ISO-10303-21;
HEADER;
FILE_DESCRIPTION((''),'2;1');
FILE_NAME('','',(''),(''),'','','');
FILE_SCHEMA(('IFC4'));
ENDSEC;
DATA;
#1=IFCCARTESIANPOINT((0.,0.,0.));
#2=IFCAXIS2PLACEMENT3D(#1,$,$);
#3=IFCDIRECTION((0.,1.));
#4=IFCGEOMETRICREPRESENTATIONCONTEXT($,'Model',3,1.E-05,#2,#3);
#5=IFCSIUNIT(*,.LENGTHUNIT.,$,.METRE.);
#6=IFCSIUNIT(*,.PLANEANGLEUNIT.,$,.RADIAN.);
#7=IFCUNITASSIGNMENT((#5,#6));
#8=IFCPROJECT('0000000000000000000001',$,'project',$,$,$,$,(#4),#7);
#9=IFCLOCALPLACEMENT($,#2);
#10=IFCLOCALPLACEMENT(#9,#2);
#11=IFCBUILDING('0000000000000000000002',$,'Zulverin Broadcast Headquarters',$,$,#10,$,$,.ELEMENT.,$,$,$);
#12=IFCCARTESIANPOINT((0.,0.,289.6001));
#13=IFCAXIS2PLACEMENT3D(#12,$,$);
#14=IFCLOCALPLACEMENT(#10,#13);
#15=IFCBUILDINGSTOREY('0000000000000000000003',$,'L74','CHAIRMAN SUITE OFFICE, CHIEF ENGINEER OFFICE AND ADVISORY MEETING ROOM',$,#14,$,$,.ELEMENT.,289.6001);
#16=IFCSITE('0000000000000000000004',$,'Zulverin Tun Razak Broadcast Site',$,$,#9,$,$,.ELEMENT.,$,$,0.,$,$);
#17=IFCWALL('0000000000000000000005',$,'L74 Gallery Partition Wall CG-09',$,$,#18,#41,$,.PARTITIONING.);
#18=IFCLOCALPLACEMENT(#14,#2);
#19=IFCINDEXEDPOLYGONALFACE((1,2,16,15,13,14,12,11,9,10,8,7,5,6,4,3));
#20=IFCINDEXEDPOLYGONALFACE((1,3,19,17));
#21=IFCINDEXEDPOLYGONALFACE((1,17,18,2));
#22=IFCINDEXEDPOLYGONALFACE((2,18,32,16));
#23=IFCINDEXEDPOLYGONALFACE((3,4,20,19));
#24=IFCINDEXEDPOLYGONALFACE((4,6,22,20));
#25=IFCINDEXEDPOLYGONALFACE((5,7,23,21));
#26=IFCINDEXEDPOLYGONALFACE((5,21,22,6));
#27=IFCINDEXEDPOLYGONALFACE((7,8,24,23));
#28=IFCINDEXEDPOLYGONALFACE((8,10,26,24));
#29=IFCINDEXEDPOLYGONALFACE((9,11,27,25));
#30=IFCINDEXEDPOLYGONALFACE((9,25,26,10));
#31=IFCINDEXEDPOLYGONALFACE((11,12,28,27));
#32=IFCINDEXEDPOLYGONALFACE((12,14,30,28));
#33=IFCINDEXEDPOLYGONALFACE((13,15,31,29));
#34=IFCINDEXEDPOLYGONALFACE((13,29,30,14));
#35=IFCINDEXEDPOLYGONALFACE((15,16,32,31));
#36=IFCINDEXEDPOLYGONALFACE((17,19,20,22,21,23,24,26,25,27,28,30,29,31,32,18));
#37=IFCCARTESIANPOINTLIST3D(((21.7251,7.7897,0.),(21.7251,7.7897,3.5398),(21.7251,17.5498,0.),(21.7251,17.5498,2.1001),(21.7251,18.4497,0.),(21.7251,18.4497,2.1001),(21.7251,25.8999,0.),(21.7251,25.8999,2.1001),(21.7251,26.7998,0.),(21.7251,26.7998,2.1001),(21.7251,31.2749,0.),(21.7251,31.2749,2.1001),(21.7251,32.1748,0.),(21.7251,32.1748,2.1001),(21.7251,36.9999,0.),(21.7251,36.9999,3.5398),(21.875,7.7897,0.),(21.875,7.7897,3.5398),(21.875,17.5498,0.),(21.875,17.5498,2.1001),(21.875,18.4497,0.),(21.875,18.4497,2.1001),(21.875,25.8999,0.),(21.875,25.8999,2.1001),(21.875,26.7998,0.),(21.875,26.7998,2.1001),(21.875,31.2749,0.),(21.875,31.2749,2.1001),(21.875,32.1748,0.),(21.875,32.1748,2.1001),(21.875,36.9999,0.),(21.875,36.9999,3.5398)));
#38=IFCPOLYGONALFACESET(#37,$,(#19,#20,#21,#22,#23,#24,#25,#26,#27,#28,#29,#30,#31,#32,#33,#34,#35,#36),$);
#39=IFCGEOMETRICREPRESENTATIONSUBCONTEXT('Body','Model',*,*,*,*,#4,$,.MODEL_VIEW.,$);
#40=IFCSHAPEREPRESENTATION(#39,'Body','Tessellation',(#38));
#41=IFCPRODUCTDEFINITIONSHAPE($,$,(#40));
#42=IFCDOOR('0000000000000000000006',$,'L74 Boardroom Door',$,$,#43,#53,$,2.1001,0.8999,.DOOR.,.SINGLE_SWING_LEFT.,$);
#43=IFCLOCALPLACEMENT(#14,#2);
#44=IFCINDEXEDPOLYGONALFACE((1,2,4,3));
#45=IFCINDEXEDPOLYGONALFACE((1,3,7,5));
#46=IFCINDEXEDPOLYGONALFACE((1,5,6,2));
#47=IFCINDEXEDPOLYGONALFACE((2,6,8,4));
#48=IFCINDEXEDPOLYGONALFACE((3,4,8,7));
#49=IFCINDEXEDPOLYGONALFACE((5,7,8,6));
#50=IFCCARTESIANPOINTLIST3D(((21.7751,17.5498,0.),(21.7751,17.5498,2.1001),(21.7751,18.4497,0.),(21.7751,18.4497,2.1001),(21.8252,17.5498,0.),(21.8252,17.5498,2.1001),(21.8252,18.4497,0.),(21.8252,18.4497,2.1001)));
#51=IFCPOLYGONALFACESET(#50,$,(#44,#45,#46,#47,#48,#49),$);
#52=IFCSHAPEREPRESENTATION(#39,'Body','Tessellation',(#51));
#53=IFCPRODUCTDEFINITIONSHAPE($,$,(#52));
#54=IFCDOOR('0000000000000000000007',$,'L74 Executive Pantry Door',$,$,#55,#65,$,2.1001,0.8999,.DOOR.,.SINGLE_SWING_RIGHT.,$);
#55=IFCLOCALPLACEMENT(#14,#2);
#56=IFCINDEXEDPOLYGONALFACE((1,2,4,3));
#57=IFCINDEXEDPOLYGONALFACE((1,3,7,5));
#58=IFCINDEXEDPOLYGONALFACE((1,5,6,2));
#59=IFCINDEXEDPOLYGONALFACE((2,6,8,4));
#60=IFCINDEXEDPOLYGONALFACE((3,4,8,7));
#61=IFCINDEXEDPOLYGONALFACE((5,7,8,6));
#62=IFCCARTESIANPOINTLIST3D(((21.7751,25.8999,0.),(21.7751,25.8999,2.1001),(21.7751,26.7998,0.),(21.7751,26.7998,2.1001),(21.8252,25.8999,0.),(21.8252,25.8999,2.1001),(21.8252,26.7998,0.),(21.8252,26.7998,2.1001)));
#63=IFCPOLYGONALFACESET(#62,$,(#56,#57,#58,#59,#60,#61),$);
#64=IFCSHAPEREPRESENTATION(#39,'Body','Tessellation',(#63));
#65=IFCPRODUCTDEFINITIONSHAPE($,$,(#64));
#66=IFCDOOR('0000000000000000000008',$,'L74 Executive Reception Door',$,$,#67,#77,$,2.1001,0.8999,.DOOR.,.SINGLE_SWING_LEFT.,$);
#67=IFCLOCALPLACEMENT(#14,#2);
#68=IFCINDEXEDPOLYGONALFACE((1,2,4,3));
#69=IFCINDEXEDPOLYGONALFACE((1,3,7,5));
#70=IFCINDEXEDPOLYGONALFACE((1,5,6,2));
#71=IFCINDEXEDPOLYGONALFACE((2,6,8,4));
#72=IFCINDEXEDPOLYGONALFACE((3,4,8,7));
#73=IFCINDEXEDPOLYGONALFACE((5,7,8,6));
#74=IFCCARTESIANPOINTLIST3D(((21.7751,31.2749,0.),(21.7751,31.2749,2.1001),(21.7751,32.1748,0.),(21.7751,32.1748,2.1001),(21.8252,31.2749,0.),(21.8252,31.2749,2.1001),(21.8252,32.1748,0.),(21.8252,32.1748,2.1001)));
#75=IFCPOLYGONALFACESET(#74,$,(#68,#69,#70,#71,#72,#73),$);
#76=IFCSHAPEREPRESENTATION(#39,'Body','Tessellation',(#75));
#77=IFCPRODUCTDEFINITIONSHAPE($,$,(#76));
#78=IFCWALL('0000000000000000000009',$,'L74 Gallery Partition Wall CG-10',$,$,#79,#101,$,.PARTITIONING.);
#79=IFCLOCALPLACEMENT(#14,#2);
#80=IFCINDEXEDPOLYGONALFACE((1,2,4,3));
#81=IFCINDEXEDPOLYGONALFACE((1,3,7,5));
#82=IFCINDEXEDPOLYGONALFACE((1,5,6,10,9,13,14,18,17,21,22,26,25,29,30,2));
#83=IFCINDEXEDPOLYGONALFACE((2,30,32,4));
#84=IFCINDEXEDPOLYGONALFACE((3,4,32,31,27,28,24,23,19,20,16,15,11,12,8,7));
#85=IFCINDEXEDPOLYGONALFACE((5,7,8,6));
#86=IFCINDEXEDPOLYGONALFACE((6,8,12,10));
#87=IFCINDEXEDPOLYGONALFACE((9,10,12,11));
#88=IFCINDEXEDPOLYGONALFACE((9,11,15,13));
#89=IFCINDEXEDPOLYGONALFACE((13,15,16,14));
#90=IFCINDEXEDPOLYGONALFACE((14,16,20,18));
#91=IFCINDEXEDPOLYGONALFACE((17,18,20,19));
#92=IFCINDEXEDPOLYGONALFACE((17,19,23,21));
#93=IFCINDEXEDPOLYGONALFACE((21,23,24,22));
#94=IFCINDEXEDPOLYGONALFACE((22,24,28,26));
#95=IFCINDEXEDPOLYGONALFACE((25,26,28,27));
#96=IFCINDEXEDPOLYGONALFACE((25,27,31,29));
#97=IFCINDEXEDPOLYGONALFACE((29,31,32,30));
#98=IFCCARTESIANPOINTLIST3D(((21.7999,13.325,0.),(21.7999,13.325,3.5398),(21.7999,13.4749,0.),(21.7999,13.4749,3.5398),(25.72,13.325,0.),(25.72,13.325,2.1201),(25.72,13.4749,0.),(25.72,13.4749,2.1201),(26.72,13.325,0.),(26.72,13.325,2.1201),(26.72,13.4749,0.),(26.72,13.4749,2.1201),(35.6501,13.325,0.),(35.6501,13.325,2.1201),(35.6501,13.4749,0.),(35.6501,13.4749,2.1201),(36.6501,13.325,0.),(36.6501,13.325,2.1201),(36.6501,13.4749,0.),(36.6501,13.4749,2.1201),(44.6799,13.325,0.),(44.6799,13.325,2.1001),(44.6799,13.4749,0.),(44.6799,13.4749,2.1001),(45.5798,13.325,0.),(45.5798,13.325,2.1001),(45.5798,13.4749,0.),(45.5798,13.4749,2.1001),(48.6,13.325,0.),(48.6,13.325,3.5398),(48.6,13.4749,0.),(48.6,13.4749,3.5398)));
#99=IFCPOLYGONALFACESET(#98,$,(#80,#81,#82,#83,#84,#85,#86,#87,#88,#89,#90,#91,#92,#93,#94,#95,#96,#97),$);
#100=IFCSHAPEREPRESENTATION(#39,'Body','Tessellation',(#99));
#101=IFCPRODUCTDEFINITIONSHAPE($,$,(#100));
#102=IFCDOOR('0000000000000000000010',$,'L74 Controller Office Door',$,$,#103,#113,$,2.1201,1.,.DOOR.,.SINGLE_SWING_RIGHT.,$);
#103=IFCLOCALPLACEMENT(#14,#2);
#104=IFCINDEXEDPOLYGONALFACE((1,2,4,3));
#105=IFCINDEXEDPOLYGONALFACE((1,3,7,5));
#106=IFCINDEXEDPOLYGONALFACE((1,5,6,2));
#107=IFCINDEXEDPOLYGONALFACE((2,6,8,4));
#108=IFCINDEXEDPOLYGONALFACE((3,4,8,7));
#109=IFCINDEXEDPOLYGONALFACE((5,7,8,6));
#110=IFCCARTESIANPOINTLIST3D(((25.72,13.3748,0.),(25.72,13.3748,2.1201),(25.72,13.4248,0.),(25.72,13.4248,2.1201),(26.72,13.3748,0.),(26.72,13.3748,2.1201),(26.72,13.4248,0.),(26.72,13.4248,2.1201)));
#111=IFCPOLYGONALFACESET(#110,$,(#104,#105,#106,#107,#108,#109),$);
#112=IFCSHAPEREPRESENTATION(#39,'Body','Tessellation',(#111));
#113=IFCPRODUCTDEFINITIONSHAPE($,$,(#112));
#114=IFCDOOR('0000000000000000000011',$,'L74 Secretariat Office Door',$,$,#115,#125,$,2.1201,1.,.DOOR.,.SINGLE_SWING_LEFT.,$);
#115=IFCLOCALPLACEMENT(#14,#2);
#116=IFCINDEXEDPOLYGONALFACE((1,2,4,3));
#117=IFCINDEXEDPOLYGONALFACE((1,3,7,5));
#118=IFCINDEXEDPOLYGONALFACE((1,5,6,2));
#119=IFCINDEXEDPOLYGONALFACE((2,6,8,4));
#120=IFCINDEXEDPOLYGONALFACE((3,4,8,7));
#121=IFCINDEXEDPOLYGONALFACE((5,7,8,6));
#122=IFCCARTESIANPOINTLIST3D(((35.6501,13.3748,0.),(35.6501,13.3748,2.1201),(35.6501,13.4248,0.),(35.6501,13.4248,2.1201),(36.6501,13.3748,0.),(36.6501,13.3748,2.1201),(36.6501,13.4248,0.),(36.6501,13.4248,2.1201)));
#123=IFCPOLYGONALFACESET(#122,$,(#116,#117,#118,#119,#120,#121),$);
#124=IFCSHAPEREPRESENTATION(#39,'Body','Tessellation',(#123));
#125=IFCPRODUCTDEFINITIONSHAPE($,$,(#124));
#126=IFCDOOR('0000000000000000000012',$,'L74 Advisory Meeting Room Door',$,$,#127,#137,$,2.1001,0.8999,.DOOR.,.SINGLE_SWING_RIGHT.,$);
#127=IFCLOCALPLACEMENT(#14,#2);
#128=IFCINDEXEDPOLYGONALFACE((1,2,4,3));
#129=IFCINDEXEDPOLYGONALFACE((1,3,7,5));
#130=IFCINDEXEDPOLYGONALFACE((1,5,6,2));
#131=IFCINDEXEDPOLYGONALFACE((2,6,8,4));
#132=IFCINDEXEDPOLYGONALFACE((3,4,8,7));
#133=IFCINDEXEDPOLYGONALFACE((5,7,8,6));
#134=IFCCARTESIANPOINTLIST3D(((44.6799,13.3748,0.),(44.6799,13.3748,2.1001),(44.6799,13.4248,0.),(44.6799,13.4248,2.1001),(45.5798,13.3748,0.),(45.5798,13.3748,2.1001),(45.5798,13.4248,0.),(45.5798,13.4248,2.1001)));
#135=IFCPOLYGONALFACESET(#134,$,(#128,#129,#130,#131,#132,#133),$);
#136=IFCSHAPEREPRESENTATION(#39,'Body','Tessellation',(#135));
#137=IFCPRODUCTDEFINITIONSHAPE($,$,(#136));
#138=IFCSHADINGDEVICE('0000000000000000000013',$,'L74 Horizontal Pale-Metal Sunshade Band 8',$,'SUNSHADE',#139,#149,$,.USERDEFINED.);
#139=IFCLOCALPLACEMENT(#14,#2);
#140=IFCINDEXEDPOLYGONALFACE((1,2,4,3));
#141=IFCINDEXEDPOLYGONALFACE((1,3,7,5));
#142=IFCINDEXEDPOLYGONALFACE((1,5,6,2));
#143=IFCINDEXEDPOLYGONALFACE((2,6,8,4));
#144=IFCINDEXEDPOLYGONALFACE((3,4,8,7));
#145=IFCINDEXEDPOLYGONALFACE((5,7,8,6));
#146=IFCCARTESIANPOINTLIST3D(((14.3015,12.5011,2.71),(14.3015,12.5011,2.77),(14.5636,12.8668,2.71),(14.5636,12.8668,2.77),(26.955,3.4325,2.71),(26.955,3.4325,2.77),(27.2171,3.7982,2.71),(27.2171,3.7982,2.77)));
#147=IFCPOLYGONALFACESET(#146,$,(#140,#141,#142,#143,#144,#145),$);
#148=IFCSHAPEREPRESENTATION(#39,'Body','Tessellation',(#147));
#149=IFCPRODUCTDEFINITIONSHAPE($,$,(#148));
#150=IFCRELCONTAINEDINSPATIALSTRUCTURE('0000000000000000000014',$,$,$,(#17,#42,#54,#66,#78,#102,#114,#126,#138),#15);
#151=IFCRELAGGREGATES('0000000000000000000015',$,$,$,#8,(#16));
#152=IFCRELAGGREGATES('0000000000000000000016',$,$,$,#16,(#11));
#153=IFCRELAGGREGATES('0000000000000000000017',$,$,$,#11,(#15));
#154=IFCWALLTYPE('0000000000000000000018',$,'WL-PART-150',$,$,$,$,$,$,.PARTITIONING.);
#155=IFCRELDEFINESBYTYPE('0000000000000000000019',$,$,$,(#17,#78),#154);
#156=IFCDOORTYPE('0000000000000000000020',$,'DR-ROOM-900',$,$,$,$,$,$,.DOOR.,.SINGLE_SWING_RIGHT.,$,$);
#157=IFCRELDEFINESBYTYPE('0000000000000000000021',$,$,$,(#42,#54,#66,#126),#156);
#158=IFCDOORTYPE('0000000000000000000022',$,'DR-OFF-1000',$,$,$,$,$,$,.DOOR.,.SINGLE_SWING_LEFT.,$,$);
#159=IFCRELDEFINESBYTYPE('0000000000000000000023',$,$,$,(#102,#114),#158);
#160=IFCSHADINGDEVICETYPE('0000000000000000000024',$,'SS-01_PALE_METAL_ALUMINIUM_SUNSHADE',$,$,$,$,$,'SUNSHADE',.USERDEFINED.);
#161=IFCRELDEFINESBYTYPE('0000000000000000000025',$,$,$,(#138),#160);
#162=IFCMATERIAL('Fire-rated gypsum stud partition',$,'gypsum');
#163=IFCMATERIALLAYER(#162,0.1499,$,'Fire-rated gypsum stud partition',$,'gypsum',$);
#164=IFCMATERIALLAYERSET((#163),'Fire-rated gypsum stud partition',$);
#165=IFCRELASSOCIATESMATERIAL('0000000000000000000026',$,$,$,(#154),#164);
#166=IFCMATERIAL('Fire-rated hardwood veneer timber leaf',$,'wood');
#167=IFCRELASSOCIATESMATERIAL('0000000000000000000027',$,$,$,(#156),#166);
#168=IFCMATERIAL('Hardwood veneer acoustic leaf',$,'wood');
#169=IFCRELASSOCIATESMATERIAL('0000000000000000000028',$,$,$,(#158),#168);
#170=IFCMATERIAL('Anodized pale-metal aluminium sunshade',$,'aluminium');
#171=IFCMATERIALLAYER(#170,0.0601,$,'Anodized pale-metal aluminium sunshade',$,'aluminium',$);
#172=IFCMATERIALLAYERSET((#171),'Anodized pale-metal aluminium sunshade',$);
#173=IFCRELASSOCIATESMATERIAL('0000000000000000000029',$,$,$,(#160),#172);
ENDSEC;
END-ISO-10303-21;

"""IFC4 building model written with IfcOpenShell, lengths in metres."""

from ifc_helpers import new_model, si_unit, direction, frame, frame_2d, origin, origin_2d, place, context, subcontext, project, spatial, rectangle, extrude, material, layer, layer_set, type_object, element, fill, save


model = new_model("IFC4")

# Units and contexts
model_context = context("Model", 3, precision=1e-05, world=origin(), true_north=direction((0.0, 1.0)))
body_context = subcontext(model_context, "Body", "Model", "MODEL_VIEW")
ifc_project = project(units=[si_unit("LENGTHUNIT", "METRE"), si_unit("PLANEANGLEUNIT", "RADIAN")], contexts=[model_context])

# Site, building, storey
site_placement = place(None, origin())
site = spatial("IfcSite", under=ifc_project, at=site_placement, Name="Zulverin Tun Razak Broadcast Site", CompositionType="ELEMENT", RefElevation=0.0)
building_placement = place(site_placement, origin())
building = spatial("IfcBuilding", under=site, at=building_placement, Name="Zulverin Broadcast Headquarters", CompositionType="ELEMENT")
storey_placement = place(building_placement, frame((0.0, 0.0, 289.6001)))
storey = spatial("IfcBuildingStorey", under=building, at=storey_placement, Name="L74", Description="CHAIRMAN SUITE OFFICE, CHIEF ENGINEER OFFICE AND ADVISORY MEETING ROOM", CompositionType="ELEMENT", Elevation=289.6001)

# Walls, openings, doors
ifc_material_1 = material(Name="Fire-rated gypsum stud partition", Category="gypsum")
ifc_layer_1 = layer(ifc_material_1, 0.1499, Name="Fire-rated gypsum stud partition", Category="gypsum")
ifc_layer_set_1 = layer_set([ifc_layer_1], Name="Fire-rated gypsum stud partition")
wall_type_1 = type_object("IfcWallType", Name="WL-PART-150", PredefinedType="PARTITIONING", material=ifc_layer_set_1)
wall_1_placement = place(storey_placement, frame((21.8, 7.7898, 0.0), z_axis=(0.0, 0.0, 1.0), x_axis=(0.0, 1.0, 0.0)))
wall_1 = element("IfcWall", 1, at=wall_1_placement, inside=storey, type_object=wall_type_1, Name="L74 Gallery Partition Wall CG-09", PredefinedType="PARTITIONING", context=body_context, shape_type="SweptSolid", body=[
    extrude(rectangle(XDim=29.2102, YDim=0.1499, at=frame_2d((14.605, 0.0))), origin(), (0.0, 0.0, 1.0), 3.5398),
])
opening_1_placement = place(wall_1_placement, frame((9.76, 0.0, 0.0)))
opening_1 = element("IfcOpeningElement", 2, at=opening_1_placement, cuts=wall_1, PredefinedType="OPENING", context=body_context, shape_type="SweptSolid", body=[
    extrude(rectangle(XDim=0.8999, YDim=2.1001, at=frame_2d((0.45, 1.05))), frame((0.0, 0.085, 0.0), z_axis=(0.0, -1.0, 0.0), x_axis=(1.0, 0.0, 0.0)), (0.0, 0.0, 1.0), 0.1699),
])
opening_2_placement = place(wall_1_placement, frame((18.1101, 0.0, 0.0)))
opening_2 = element("IfcOpeningElement", 3, at=opening_2_placement, cuts=wall_1, PredefinedType="OPENING", context=body_context, shape_type="SweptSolid", body=[
    extrude(rectangle(XDim=0.8999, YDim=2.1001, at=frame_2d((0.45, 1.05))), frame((0.0, 0.085, 0.0), z_axis=(0.0, -1.0, 0.0), x_axis=(1.0, 0.0, 0.0)), (0.0, 0.0, 1.0), 0.1699),
])
opening_3_placement = place(wall_1_placement, frame((23.4851, 0.0, 0.0)))
opening_3 = element("IfcOpeningElement", 4, at=opening_3_placement, cuts=wall_1, PredefinedType="OPENING", context=body_context, shape_type="SweptSolid", body=[
    extrude(rectangle(XDim=0.8999, YDim=2.1001, at=frame_2d((0.45, 1.05))), frame((0.0, 0.085, 0.0), z_axis=(0.0, -1.0, 0.0), x_axis=(1.0, 0.0, 0.0)), (0.0, 0.0, 1.0), 0.1699),
])
ifc_material_2 = material(Name="Fire-rated hardwood veneer timber leaf", Category="wood")
door_type_1 = type_object("IfcDoorType", Name="DR-ROOM-900", OperationType="SINGLE_SWING_RIGHT", PredefinedType="DOOR", material=ifc_material_2)
door_1_placement = place(opening_1_placement, origin())
door_1 = element("IfcDoor", 5, at=door_1_placement, inside=storey, type_object=door_type_1, Name="L74 Boardroom Door", OperationType="SINGLE_SWING_LEFT", OverallHeight=2.1001, OverallWidth=0.8999, PredefinedType="DOOR", context=body_context, shape_type="SweptSolid", body=[
    extrude(rectangle(XDim=0.8999, YDim=2.1001, at=frame_2d((0.45, 1.05))), frame((0.0, 0.0249, 0.0), z_axis=(0.0, -1.0, 0.0), x_axis=(1.0, 0.0, 0.0)), (0.0, 0.0, 1.0), 0.05),
])
fill(opening_1, door_1)
door_2_placement = place(opening_2_placement, origin())
door_2 = element("IfcDoor", 6, at=door_2_placement, inside=storey, type_object=door_type_1, Name="L74 Executive Pantry Door", OperationType="SINGLE_SWING_RIGHT", OverallHeight=2.1001, OverallWidth=0.8999, PredefinedType="DOOR", context=body_context, shape_type="SweptSolid", body=[
    extrude(rectangle(XDim=0.8999, YDim=2.1001, at=frame_2d((0.45, 1.05))), frame((0.0, 0.0249, 0.0), z_axis=(0.0, -1.0, 0.0), x_axis=(1.0, 0.0, 0.0)), (0.0, 0.0, 1.0), 0.05),
])
fill(opening_2, door_2)
door_3_placement = place(opening_3_placement, origin())
door_3 = element("IfcDoor", 7, at=door_3_placement, inside=storey, type_object=door_type_1, Name="L74 Executive Reception Door", OperationType="SINGLE_SWING_LEFT", OverallHeight=2.1001, OverallWidth=0.8999, PredefinedType="DOOR", context=body_context, shape_type="SweptSolid", body=[
    extrude(rectangle(XDim=0.8999, YDim=2.1001, at=frame_2d((0.45, 1.05))), frame((0.0, 0.0249, 0.0), z_axis=(0.0, -1.0, 0.0), x_axis=(1.0, 0.0, 0.0)), (0.0, 0.0, 1.0), 0.05),
])
fill(opening_3, door_3)
wall_2_placement = place(storey_placement, frame((21.8, 13.3999, 0.0), z_axis=(0.0, 0.0, 1.0), x_axis=(1.0, 0.0, 0.0)))
wall_2 = element("IfcWall", 8, at=wall_2_placement, inside=storey, type_object=wall_type_1, Name="L74 Gallery Partition Wall CG-10", PredefinedType="PARTITIONING", context=body_context, shape_type="SweptSolid", body=[
    extrude(rectangle(XDim=26.8, YDim=0.1499, at=frame_2d((13.3999, 0.0))), origin(), (0.0, 0.0, 1.0), 3.5398),
])
opening_4_placement = place(wall_2_placement, frame((3.9199, 0.0, 0.0)))
opening_4 = element("IfcOpeningElement", 9, at=opening_4_placement, cuts=wall_2, PredefinedType="OPENING", context=body_context, shape_type="SweptSolid", body=[
    extrude(rectangle(XDim=1.0, YDim=2.1201, at=frame_2d((0.5, 1.0601))), frame((0.0, 0.085, 0.0), z_axis=(0.0, -1.0, 0.0), x_axis=(1.0, 0.0, 0.0)), (0.0, 0.0, 1.0), 0.1699),
])
opening_5_placement = place(wall_2_placement, frame((13.8501, 0.0, 0.0)))
opening_5 = element("IfcOpeningElement", 10, at=opening_5_placement, cuts=wall_2, PredefinedType="OPENING", context=body_context, shape_type="SweptSolid", body=[
    extrude(rectangle(XDim=1.0, YDim=2.1201, at=frame_2d((0.5, 1.0601))), frame((0.0, 0.085, 0.0), z_axis=(0.0, -1.0, 0.0), x_axis=(1.0, 0.0, 0.0)), (0.0, 0.0, 1.0), 0.1699),
])
opening_6_placement = place(wall_2_placement, frame((22.8799, 0.0, 0.0)))
opening_6 = element("IfcOpeningElement", 11, at=opening_6_placement, cuts=wall_2, PredefinedType="OPENING", context=body_context, shape_type="SweptSolid", body=[
    extrude(rectangle(XDim=0.8999, YDim=2.1001, at=frame_2d((0.45, 1.05))), frame((0.0, 0.085, 0.0), z_axis=(0.0, -1.0, 0.0), x_axis=(1.0, 0.0, 0.0)), (0.0, 0.0, 1.0), 0.1699),
])
ifc_material_3 = material(Name="Hardwood veneer acoustic leaf", Category="wood")
door_type_2 = type_object("IfcDoorType", Name="DR-OFF-1000", OperationType="SINGLE_SWING_LEFT", PredefinedType="DOOR", material=ifc_material_3)
door_4_placement = place(opening_4_placement, origin())
door_4 = element("IfcDoor", 12, at=door_4_placement, inside=storey, type_object=door_type_2, Name="L74 Controller Office Door", OperationType="SINGLE_SWING_RIGHT", OverallHeight=2.1201, OverallWidth=1.0, PredefinedType="DOOR", context=body_context, shape_type="SweptSolid", body=[
    extrude(rectangle(XDim=1.0, YDim=2.1201, at=frame_2d((0.5, 1.0601))), frame((0.0, 0.0249, 0.0), z_axis=(0.0, -1.0, 0.0), x_axis=(1.0, 0.0, 0.0)), (0.0, 0.0, 1.0), 0.05),
])
fill(opening_4, door_4)
door_5_placement = place(opening_5_placement, origin())
door_5 = element("IfcDoor", 13, at=door_5_placement, inside=storey, type_object=door_type_2, Name="L74 Secretariat Office Door", OperationType="SINGLE_SWING_LEFT", OverallHeight=2.1201, OverallWidth=1.0, PredefinedType="DOOR", context=body_context, shape_type="SweptSolid", body=[
    extrude(rectangle(XDim=1.0, YDim=2.1201, at=frame_2d((0.5, 1.0601))), frame((0.0, 0.0249, 0.0), z_axis=(0.0, -1.0, 0.0), x_axis=(1.0, 0.0, 0.0)), (0.0, 0.0, 1.0), 0.05),
])
fill(opening_5, door_5)
door_6_placement = place(opening_6_placement, origin())
door_6 = element("IfcDoor", 14, at=door_6_placement, inside=storey, type_object=door_type_1, Name="L74 Advisory Meeting Room Door", OperationType="SINGLE_SWING_RIGHT", OverallHeight=2.1001, OverallWidth=0.8999, PredefinedType="DOOR", context=body_context, shape_type="SweptSolid", body=[
    extrude(rectangle(XDim=0.8999, YDim=2.1001, at=frame_2d((0.45, 1.05))), frame((0.0, 0.0249, 0.0), z_axis=(0.0, -1.0, 0.0), x_axis=(1.0, 0.0, 0.0)), (0.0, 0.0, 1.0), 0.05),
])
fill(opening_6, door_6)

# Shading device
ifc_material_4 = material(Name="Anodized pale-metal aluminium sunshade", Category="aluminium")
ifc_layer_2 = layer(ifc_material_4, 0.0601, Name="Anodized pale-metal aluminium sunshade", Category="aluminium")
ifc_layer_set_2 = layer_set([ifc_layer_2], Name="Anodized pale-metal aluminium sunshade")
shading_device_type = type_object("IfcShadingDeviceType", Name="SS-01_PALE_METAL_ALUMINIUM_SUNSHADE", ElementType="SUNSHADE", PredefinedType="USERDEFINED", material=ifc_layer_set_2)
shading_device_placement = place(storey_placement, frame((20.7593, 8.1497, 2.71), z_axis=(0.0, 0.0, 1.0), x_axis=(0.812809, -0.58253, 0.0)))
element("IfcShadingDevice", 15, at=shading_device_placement, inside=storey, type_object=shading_device_type, Name="L74 Horizontal Pale-Metal Sunshade Band 8", ObjectType="SUNSHADE", PredefinedType="USERDEFINED", context=body_context, shape_type="SweptSolid", body=[
    extrude(rectangle(XDim=15.5676, YDim=0.45, at=origin_2d()), origin(), (0.0, 0.0, 1.0), 0.0601),
])

save(model, "model.ifc")
